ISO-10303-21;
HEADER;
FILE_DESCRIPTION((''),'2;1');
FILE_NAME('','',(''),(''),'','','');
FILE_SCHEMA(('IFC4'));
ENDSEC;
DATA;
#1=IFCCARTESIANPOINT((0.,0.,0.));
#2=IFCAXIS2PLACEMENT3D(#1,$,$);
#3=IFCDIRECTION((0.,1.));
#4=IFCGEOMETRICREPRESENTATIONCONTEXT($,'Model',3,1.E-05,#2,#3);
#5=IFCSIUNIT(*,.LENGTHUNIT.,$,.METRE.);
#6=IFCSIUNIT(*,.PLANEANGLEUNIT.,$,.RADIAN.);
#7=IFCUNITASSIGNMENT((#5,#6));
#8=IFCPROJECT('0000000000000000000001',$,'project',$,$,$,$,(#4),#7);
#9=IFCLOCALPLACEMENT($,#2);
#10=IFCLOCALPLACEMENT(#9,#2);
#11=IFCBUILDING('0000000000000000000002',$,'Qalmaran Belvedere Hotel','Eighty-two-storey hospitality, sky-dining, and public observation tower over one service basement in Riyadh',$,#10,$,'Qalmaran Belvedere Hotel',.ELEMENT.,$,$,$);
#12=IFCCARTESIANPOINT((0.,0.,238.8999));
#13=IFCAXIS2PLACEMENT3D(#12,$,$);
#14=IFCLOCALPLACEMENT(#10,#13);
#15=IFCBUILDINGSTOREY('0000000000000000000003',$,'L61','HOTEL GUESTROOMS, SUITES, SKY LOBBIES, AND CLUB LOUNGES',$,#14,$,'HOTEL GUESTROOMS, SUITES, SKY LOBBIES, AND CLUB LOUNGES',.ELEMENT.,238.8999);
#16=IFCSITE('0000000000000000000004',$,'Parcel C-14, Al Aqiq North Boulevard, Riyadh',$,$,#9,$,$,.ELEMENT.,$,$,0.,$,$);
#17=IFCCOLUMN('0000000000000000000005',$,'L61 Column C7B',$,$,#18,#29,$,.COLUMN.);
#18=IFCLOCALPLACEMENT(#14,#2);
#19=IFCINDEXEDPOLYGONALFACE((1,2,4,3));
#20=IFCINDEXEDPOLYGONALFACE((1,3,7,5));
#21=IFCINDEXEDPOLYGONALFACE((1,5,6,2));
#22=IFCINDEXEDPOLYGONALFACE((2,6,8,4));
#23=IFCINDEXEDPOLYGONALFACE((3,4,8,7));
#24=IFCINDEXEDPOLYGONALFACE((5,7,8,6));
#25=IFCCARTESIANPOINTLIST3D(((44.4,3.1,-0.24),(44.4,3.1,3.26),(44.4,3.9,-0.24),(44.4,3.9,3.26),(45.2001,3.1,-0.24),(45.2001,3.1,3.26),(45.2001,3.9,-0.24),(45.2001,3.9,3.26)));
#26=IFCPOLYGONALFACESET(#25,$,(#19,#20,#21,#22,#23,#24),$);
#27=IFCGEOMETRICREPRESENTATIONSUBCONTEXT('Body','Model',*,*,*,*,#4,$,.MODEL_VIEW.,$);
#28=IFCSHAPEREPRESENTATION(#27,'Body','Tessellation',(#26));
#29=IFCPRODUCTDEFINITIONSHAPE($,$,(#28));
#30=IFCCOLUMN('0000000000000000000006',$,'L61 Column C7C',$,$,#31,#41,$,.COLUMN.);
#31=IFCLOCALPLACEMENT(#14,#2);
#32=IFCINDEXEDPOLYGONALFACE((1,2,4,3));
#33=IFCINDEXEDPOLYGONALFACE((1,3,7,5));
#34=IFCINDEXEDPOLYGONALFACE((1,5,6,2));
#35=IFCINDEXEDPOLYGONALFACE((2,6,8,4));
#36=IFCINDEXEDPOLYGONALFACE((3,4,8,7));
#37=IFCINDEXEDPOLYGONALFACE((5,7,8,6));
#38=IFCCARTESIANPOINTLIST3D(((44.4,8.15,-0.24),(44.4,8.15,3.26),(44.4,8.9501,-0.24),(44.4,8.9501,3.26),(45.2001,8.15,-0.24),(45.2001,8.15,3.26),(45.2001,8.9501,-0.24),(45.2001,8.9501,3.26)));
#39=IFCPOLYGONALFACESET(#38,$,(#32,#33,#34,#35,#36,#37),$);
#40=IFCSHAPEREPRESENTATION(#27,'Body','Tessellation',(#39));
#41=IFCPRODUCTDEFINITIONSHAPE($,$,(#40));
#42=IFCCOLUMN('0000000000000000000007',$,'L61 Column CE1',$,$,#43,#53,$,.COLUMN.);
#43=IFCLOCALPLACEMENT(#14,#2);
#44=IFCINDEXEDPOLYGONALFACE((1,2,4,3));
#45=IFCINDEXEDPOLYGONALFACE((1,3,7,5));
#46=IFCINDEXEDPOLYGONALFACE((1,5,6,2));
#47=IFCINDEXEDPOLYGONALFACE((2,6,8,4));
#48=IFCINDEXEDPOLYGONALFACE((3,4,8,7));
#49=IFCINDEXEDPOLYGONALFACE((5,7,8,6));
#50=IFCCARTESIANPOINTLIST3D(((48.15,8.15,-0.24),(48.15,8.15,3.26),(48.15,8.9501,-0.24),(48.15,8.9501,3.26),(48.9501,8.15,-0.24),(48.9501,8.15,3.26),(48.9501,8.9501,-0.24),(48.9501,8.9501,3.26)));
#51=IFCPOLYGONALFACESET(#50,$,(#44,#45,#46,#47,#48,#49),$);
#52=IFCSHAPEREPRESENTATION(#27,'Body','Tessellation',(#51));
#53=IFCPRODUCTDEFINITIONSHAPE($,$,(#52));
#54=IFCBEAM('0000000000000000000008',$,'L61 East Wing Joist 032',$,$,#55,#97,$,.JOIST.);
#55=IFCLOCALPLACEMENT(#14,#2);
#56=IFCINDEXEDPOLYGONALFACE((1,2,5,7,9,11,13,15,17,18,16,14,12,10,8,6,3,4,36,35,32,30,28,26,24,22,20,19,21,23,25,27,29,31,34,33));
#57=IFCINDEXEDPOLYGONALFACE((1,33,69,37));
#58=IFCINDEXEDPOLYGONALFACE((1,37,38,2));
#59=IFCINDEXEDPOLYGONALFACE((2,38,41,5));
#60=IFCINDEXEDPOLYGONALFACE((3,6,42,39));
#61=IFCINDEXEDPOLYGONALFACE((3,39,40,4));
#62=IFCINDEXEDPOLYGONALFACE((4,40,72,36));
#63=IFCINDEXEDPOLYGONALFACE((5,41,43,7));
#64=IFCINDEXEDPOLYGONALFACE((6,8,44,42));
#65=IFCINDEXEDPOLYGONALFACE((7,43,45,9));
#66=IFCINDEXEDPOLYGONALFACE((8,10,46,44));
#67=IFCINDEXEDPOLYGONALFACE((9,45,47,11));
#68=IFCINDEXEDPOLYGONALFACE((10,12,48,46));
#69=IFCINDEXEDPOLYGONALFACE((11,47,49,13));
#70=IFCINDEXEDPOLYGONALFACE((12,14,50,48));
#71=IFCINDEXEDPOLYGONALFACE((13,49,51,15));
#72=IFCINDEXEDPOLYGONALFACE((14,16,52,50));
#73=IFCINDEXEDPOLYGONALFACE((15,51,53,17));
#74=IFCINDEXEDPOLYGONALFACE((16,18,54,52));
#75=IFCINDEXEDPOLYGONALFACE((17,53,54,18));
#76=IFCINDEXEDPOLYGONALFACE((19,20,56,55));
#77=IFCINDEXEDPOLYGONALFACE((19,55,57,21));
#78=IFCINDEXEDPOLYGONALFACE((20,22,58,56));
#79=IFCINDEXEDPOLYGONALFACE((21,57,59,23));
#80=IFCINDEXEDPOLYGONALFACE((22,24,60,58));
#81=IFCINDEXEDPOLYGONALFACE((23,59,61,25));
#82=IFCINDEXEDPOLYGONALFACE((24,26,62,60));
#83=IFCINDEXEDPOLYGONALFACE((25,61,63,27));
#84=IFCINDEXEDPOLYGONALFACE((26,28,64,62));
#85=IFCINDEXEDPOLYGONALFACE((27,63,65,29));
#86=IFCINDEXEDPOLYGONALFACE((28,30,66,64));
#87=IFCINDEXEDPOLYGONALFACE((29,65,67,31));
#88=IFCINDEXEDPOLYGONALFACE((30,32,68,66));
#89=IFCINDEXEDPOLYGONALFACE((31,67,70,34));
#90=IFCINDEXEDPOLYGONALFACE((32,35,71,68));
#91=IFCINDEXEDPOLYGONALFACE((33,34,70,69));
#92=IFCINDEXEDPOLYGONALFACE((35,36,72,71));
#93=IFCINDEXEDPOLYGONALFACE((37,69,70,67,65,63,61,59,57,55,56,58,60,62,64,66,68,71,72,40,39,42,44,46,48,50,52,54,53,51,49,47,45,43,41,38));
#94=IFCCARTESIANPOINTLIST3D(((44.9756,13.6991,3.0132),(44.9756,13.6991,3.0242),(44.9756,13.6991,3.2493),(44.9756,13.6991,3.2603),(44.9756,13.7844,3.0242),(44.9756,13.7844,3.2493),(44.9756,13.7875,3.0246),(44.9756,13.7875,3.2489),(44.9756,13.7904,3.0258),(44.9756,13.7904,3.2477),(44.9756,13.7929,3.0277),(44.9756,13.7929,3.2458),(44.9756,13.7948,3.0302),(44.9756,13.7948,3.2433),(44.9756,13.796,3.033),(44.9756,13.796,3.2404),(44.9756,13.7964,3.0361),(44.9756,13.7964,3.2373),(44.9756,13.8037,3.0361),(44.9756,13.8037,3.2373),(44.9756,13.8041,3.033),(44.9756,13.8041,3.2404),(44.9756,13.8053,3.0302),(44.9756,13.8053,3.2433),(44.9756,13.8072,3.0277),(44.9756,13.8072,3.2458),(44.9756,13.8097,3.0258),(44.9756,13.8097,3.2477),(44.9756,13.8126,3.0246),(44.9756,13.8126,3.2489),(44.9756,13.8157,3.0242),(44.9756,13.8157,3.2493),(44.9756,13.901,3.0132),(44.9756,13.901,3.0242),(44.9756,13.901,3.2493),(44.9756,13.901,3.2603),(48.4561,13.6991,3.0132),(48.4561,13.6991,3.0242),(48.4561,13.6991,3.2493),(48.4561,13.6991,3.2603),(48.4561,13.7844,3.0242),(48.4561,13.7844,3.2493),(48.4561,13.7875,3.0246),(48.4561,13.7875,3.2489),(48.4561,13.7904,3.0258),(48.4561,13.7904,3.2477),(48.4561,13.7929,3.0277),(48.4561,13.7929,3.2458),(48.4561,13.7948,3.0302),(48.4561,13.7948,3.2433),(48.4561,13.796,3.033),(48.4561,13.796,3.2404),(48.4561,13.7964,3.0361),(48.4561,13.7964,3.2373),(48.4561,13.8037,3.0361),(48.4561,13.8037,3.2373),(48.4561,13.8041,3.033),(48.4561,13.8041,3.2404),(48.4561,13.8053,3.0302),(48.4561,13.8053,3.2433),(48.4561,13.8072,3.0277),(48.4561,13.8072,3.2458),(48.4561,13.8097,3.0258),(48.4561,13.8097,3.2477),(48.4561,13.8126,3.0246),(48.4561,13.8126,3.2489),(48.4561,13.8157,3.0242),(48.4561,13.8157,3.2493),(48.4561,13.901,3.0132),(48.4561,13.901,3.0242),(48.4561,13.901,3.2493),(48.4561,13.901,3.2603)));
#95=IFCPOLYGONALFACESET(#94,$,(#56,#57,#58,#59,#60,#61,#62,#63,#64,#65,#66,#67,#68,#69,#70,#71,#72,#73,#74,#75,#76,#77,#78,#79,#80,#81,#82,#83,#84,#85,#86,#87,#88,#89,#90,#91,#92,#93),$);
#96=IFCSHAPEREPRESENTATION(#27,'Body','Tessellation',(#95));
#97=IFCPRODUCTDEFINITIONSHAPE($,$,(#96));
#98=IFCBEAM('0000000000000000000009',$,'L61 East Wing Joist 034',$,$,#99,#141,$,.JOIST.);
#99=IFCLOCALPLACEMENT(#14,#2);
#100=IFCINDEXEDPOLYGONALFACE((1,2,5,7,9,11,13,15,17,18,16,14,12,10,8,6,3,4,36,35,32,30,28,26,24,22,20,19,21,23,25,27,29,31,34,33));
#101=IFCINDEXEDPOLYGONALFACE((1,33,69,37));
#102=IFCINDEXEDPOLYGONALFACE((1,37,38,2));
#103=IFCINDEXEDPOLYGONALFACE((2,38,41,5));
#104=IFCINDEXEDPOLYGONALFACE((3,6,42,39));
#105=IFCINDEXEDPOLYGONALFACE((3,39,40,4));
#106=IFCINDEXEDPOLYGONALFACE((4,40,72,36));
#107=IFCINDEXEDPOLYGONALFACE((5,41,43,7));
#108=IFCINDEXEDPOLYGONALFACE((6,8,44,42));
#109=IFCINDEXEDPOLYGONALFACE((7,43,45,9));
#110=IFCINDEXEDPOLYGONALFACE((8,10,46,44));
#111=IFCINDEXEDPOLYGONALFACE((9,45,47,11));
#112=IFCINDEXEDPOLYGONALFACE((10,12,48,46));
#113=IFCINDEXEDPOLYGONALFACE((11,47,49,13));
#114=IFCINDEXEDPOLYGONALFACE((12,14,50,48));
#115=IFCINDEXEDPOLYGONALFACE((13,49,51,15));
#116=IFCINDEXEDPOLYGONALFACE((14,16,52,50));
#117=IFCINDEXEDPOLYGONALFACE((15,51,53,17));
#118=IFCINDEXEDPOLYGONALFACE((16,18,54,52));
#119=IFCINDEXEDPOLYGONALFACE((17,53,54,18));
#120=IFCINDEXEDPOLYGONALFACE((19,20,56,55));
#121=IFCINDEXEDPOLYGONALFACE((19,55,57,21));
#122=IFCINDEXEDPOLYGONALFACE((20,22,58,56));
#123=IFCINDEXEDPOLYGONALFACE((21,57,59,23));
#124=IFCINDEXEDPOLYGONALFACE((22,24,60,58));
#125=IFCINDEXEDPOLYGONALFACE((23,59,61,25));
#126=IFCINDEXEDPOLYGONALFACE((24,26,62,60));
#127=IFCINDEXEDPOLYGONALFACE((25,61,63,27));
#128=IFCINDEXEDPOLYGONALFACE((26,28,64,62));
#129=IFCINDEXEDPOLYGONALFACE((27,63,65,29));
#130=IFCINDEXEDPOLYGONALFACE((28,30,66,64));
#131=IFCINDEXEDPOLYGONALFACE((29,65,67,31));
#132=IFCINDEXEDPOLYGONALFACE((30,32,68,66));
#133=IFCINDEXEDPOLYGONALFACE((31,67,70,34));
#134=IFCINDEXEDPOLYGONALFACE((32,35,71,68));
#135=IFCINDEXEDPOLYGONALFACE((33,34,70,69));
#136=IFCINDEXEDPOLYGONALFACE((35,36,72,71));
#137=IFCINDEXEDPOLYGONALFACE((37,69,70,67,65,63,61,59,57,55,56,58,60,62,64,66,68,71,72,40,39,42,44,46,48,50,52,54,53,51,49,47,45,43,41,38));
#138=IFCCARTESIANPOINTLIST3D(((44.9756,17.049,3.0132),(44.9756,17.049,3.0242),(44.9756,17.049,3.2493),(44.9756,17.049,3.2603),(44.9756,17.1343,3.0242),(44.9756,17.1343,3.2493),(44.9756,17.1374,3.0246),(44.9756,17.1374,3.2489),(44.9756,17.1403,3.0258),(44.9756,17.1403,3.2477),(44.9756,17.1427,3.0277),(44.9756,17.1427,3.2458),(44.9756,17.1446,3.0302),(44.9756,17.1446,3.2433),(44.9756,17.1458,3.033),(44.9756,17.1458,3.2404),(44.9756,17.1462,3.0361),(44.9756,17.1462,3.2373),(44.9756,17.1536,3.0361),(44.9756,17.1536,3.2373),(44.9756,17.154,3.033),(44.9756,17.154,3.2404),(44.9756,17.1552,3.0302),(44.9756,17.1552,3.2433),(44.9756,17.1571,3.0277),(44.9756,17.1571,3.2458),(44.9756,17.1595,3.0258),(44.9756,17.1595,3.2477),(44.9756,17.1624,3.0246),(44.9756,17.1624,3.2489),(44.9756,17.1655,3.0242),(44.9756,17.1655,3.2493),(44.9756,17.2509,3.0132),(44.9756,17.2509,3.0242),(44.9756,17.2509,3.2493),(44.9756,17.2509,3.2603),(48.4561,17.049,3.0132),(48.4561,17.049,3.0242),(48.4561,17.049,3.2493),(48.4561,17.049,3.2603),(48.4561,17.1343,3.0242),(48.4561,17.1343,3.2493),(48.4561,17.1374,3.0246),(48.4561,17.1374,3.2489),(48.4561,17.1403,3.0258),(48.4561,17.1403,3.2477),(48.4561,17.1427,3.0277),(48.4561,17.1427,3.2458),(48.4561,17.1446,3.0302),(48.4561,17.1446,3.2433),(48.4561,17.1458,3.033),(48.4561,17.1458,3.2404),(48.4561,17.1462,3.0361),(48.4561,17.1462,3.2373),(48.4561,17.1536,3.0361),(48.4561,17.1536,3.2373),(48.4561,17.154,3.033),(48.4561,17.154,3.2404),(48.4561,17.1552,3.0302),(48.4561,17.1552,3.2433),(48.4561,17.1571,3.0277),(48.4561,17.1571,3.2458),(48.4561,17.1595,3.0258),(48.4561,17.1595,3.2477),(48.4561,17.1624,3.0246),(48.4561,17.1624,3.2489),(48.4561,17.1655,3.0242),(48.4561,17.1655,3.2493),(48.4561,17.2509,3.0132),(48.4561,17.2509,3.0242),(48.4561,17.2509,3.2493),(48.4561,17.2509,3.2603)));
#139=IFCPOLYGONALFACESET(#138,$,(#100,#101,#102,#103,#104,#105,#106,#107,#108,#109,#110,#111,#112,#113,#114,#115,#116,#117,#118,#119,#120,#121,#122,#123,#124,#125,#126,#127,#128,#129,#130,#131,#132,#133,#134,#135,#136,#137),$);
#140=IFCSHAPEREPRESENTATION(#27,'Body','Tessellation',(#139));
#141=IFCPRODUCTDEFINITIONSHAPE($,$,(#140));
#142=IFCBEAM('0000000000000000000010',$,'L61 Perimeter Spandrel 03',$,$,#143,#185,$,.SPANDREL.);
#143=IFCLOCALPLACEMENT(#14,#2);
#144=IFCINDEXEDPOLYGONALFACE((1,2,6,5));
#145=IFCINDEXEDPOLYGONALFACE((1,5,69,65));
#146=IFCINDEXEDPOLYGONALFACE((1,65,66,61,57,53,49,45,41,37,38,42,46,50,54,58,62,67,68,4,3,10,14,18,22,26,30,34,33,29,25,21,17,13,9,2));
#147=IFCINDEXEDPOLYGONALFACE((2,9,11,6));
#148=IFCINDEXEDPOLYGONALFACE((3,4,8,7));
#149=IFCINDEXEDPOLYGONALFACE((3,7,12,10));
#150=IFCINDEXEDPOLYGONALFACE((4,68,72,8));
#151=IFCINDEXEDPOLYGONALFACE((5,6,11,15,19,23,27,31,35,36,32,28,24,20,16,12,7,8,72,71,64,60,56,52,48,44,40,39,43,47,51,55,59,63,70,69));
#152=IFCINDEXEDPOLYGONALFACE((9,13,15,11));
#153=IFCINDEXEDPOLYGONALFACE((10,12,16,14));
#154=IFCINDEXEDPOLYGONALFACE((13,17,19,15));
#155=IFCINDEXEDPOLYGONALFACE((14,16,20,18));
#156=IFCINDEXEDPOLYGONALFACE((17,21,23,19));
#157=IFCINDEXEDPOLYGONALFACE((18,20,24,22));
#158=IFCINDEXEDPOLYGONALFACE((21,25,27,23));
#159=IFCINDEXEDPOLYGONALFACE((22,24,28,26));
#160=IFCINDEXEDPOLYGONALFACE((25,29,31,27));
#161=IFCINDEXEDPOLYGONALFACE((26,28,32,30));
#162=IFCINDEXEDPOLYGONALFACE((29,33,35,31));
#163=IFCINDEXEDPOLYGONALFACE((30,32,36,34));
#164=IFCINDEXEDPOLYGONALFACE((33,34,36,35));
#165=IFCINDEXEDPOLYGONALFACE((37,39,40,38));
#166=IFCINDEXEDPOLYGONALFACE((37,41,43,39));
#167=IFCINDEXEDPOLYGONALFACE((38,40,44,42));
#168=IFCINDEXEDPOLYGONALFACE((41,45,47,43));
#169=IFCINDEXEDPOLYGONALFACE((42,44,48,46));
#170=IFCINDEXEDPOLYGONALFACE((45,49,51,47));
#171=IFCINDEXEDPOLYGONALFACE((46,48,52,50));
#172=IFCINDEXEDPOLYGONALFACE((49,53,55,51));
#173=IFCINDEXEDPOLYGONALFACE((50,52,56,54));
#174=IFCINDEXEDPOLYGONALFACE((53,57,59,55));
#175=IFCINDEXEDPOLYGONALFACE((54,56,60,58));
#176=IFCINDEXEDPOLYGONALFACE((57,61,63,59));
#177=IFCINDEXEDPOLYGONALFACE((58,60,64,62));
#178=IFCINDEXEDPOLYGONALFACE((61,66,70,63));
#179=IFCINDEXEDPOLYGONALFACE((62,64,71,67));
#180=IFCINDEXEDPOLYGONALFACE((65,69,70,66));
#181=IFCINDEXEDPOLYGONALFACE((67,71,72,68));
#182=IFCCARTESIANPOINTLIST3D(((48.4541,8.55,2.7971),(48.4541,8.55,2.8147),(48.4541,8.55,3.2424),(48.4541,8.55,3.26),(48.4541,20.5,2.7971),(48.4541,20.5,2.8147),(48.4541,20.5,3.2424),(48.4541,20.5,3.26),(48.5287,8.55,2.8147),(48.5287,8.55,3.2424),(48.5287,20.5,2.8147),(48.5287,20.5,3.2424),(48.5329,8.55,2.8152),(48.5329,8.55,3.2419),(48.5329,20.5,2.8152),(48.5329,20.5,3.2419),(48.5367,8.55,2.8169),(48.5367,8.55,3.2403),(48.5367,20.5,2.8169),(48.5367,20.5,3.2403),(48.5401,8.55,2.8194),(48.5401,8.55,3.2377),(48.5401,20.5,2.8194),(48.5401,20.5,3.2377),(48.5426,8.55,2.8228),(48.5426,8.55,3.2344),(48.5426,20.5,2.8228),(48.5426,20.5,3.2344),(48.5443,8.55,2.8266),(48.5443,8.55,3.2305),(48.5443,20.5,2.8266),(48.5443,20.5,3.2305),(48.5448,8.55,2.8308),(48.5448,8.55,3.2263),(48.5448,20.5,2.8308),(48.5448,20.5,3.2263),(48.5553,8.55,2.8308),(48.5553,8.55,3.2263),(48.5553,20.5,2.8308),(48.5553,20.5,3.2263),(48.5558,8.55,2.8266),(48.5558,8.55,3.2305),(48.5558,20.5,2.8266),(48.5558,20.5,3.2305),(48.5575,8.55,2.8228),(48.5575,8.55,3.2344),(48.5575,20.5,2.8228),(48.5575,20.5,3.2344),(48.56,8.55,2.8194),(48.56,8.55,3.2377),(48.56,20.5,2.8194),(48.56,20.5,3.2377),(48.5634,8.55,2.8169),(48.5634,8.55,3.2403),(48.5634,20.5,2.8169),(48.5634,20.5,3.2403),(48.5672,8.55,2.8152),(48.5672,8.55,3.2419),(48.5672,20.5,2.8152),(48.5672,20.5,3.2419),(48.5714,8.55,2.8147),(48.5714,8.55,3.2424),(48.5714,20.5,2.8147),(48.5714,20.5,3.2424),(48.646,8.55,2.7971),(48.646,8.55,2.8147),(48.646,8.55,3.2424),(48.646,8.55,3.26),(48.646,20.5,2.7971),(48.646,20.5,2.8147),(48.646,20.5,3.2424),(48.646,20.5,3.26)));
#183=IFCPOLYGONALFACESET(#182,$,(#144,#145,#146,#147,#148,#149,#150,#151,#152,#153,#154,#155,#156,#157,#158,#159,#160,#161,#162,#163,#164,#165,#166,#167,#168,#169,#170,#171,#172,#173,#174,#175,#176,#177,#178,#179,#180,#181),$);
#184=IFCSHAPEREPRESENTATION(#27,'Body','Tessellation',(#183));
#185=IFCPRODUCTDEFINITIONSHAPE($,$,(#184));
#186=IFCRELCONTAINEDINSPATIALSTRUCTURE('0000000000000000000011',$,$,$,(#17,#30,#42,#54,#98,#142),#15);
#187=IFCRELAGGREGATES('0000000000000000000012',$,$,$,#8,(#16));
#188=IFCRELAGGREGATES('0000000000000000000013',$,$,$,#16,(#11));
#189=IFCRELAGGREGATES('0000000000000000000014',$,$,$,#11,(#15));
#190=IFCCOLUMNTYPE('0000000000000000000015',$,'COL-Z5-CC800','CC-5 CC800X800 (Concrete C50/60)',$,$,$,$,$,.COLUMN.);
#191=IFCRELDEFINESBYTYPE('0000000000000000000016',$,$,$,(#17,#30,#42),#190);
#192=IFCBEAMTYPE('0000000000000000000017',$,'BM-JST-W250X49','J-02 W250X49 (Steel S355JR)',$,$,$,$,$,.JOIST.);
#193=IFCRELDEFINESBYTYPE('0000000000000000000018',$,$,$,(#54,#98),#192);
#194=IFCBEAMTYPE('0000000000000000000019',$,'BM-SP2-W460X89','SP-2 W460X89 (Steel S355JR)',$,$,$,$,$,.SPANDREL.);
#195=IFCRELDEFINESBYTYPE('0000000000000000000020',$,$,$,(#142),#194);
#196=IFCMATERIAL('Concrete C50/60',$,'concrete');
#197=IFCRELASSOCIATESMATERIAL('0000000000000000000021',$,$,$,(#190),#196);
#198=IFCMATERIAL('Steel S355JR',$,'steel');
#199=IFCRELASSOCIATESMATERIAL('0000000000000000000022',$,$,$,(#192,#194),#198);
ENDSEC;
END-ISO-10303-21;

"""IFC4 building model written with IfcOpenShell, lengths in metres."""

from ifc_helpers import new_model, si_unit, direction, frame, origin, origin_2d, place, context, subcontext, project, spatial, rectangle, i_section, extrude, material, material_profile, profile_set, type_object, element, save


model = new_model("IFC4")

# Units and contexts
model_context = context("Model", 3, precision=1e-05, world=origin(), true_north=direction((0.0, 1.0)))
body_context = subcontext(model_context, "Body", "Model", "MODEL_VIEW")
ifc_project = project(units=[si_unit("LENGTHUNIT", "METRE"), si_unit("PLANEANGLEUNIT", "RADIAN")], contexts=[model_context])

# Site, building, storey
site_placement = place(None, origin())
site = spatial("IfcSite", under=ifc_project, at=site_placement, Name="Parcel C-14, Al Aqiq North Boulevard, Riyadh", CompositionType="ELEMENT", RefElevation=0.0)
building_placement = place(site_placement, origin())
building = spatial("IfcBuilding", under=site, at=building_placement, Name="Qalmaran Belvedere Hotel", Description="Eighty-two-storey hospitality, sky-dining, and public observation tower over one service basement in Riyadh", LongName="Qalmaran Belvedere Hotel", CompositionType="ELEMENT")
storey_placement = place(building_placement, frame((0.0, 0.0, 238.8999)))
storey = spatial("IfcBuildingStorey", under=building, at=storey_placement, Name="L61", Description="HOTEL GUESTROOMS, SUITES, SKY LOBBIES, AND CLUB LOUNGES", LongName="HOTEL GUESTROOMS, SUITES, SKY LOBBIES, AND CLUB LOUNGES", CompositionType="ELEMENT", Elevation=238.8999)

# Columns
ifc_material_1 = material(Name="Concrete C50/60", Category="concrete")
ifc_material_profile_1 = material_profile(ifc_material_1, rectangle(XDim=0.8, YDim=0.8, at=origin_2d()), Name="CC800X800")
ifc_profile_set_1 = profile_set([ifc_material_profile_1], Name="Concrete C50/60")
column_type = type_object("IfcColumnType", Name="COL-Z5-CC800", Description="CC-5 CC800X800 (Concrete C50/60)", PredefinedType="COLUMN", material=ifc_profile_set_1)
for number, where, z_axis, x_axis, name in (
    (1, (44.8, 3.5, -0.24), (0.0, 0.0, 1.0), (1.0, 0.0, 0.0), "L61 Column C7B"),
    (2, (44.8, 8.55, -0.24), (0.0, 0.0, 1.0), (1.0, 0.0, 0.0), "L61 Column C7C"),
    (3, (48.55, 8.55, -0.24), (0.0, 0.0, 1.0), (1.0, 0.0, 0.0), "L61 Column CE1"),
):
    element("IfcColumn", number, at=place(storey_placement, frame(where, z_axis=z_axis, x_axis=x_axis)), inside=storey, type_object=column_type, Name=name, PredefinedType="COLUMN", context=body_context, shape_type="SweptSolid", body=[
        extrude(rectangle(XDim=0.8, YDim=0.8, at=origin_2d()), origin(), (0.0, 0.0, 1.0), 3.5),
    ])

# Beams
ifc_material_2 = material(Name="Steel S355JR", Category="steel")
ifc_material_profile_2 = material_profile(ifc_material_2, i_section(OverallWidth=0.2019, OverallDepth=0.2471, WebThickness=0.0073, FlangeThickness=0.011, FilletRadius=0.012, at=origin_2d()), Name="W250X49")
ifc_profile_set_2 = profile_set([ifc_material_profile_2], Name="Steel S355JR")
beam_type_1 = type_object("IfcBeamType", Name="BM-JST-W250X49", Description="J-02 W250X49 (Steel S355JR)", PredefinedType="JOIST", material=ifc_profile_set_2)
for number, where, z_axis, x_axis, name in (
    (4, (44.9756, 13.8, 3.1367), (1.0, 0.0, 0.0), (0.0, 1.0, 0.0), "L61 East Wing Joist 032"),
    (5, (44.9756, 17.1499, 3.1367), (1.0, 0.0, 0.0), (0.0, 1.0, 0.0), "L61 East Wing Joist 034"),
):
    element("IfcBeam", number, at=place(storey_placement, frame(where, z_axis=z_axis, x_axis=x_axis)), inside=storey, type_object=beam_type_1, Name=name, PredefinedType="JOIST", context=body_context, shape_type="SweptSolid", body=[
        extrude(i_section(OverallWidth=0.2019, OverallDepth=0.2471, WebThickness=0.0073, FlangeThickness=0.011, FilletRadius=0.012, at=origin_2d()), origin(), (0.0, 0.0, 1.0), 3.4805),
    ])
ifc_material_profile_3 = material_profile(ifc_material_2, i_section(OverallWidth=0.1919, OverallDepth=0.4629, WebThickness=0.0105, FlangeThickness=0.0176, FilletRadius=0.0161, at=origin_2d()), Name="W460X89")
ifc_profile_set_3 = profile_set([ifc_material_profile_3], Name="Steel S355JR")
beam_type_2 = type_object("IfcBeamType", Name="BM-SP2-W460X89", Description="SP-2 W460X89 (Steel S355JR)", PredefinedType="SPANDREL", material=ifc_profile_set_3)
beam_1_placement = place(storey_placement, frame((48.55, 8.55, 3.0286), z_axis=(0.0, 1.0, 0.0), x_axis=(-1.0, 0.0, 0.0)))
element("IfcBeam", 6, at=beam_1_placement, inside=storey, type_object=beam_type_2, Name="L61 Perimeter Spandrel 03", PredefinedType="SPANDREL", context=body_context, shape_type="SweptSolid", body=[
    extrude(i_section(OverallWidth=0.1919, OverallDepth=0.4629, WebThickness=0.0105, FlangeThickness=0.0176, FilletRadius=0.0161, at=origin_2d()), origin(), (0.0, 0.0, 1.0), 11.95),
])

save(model, "model.ifc")
